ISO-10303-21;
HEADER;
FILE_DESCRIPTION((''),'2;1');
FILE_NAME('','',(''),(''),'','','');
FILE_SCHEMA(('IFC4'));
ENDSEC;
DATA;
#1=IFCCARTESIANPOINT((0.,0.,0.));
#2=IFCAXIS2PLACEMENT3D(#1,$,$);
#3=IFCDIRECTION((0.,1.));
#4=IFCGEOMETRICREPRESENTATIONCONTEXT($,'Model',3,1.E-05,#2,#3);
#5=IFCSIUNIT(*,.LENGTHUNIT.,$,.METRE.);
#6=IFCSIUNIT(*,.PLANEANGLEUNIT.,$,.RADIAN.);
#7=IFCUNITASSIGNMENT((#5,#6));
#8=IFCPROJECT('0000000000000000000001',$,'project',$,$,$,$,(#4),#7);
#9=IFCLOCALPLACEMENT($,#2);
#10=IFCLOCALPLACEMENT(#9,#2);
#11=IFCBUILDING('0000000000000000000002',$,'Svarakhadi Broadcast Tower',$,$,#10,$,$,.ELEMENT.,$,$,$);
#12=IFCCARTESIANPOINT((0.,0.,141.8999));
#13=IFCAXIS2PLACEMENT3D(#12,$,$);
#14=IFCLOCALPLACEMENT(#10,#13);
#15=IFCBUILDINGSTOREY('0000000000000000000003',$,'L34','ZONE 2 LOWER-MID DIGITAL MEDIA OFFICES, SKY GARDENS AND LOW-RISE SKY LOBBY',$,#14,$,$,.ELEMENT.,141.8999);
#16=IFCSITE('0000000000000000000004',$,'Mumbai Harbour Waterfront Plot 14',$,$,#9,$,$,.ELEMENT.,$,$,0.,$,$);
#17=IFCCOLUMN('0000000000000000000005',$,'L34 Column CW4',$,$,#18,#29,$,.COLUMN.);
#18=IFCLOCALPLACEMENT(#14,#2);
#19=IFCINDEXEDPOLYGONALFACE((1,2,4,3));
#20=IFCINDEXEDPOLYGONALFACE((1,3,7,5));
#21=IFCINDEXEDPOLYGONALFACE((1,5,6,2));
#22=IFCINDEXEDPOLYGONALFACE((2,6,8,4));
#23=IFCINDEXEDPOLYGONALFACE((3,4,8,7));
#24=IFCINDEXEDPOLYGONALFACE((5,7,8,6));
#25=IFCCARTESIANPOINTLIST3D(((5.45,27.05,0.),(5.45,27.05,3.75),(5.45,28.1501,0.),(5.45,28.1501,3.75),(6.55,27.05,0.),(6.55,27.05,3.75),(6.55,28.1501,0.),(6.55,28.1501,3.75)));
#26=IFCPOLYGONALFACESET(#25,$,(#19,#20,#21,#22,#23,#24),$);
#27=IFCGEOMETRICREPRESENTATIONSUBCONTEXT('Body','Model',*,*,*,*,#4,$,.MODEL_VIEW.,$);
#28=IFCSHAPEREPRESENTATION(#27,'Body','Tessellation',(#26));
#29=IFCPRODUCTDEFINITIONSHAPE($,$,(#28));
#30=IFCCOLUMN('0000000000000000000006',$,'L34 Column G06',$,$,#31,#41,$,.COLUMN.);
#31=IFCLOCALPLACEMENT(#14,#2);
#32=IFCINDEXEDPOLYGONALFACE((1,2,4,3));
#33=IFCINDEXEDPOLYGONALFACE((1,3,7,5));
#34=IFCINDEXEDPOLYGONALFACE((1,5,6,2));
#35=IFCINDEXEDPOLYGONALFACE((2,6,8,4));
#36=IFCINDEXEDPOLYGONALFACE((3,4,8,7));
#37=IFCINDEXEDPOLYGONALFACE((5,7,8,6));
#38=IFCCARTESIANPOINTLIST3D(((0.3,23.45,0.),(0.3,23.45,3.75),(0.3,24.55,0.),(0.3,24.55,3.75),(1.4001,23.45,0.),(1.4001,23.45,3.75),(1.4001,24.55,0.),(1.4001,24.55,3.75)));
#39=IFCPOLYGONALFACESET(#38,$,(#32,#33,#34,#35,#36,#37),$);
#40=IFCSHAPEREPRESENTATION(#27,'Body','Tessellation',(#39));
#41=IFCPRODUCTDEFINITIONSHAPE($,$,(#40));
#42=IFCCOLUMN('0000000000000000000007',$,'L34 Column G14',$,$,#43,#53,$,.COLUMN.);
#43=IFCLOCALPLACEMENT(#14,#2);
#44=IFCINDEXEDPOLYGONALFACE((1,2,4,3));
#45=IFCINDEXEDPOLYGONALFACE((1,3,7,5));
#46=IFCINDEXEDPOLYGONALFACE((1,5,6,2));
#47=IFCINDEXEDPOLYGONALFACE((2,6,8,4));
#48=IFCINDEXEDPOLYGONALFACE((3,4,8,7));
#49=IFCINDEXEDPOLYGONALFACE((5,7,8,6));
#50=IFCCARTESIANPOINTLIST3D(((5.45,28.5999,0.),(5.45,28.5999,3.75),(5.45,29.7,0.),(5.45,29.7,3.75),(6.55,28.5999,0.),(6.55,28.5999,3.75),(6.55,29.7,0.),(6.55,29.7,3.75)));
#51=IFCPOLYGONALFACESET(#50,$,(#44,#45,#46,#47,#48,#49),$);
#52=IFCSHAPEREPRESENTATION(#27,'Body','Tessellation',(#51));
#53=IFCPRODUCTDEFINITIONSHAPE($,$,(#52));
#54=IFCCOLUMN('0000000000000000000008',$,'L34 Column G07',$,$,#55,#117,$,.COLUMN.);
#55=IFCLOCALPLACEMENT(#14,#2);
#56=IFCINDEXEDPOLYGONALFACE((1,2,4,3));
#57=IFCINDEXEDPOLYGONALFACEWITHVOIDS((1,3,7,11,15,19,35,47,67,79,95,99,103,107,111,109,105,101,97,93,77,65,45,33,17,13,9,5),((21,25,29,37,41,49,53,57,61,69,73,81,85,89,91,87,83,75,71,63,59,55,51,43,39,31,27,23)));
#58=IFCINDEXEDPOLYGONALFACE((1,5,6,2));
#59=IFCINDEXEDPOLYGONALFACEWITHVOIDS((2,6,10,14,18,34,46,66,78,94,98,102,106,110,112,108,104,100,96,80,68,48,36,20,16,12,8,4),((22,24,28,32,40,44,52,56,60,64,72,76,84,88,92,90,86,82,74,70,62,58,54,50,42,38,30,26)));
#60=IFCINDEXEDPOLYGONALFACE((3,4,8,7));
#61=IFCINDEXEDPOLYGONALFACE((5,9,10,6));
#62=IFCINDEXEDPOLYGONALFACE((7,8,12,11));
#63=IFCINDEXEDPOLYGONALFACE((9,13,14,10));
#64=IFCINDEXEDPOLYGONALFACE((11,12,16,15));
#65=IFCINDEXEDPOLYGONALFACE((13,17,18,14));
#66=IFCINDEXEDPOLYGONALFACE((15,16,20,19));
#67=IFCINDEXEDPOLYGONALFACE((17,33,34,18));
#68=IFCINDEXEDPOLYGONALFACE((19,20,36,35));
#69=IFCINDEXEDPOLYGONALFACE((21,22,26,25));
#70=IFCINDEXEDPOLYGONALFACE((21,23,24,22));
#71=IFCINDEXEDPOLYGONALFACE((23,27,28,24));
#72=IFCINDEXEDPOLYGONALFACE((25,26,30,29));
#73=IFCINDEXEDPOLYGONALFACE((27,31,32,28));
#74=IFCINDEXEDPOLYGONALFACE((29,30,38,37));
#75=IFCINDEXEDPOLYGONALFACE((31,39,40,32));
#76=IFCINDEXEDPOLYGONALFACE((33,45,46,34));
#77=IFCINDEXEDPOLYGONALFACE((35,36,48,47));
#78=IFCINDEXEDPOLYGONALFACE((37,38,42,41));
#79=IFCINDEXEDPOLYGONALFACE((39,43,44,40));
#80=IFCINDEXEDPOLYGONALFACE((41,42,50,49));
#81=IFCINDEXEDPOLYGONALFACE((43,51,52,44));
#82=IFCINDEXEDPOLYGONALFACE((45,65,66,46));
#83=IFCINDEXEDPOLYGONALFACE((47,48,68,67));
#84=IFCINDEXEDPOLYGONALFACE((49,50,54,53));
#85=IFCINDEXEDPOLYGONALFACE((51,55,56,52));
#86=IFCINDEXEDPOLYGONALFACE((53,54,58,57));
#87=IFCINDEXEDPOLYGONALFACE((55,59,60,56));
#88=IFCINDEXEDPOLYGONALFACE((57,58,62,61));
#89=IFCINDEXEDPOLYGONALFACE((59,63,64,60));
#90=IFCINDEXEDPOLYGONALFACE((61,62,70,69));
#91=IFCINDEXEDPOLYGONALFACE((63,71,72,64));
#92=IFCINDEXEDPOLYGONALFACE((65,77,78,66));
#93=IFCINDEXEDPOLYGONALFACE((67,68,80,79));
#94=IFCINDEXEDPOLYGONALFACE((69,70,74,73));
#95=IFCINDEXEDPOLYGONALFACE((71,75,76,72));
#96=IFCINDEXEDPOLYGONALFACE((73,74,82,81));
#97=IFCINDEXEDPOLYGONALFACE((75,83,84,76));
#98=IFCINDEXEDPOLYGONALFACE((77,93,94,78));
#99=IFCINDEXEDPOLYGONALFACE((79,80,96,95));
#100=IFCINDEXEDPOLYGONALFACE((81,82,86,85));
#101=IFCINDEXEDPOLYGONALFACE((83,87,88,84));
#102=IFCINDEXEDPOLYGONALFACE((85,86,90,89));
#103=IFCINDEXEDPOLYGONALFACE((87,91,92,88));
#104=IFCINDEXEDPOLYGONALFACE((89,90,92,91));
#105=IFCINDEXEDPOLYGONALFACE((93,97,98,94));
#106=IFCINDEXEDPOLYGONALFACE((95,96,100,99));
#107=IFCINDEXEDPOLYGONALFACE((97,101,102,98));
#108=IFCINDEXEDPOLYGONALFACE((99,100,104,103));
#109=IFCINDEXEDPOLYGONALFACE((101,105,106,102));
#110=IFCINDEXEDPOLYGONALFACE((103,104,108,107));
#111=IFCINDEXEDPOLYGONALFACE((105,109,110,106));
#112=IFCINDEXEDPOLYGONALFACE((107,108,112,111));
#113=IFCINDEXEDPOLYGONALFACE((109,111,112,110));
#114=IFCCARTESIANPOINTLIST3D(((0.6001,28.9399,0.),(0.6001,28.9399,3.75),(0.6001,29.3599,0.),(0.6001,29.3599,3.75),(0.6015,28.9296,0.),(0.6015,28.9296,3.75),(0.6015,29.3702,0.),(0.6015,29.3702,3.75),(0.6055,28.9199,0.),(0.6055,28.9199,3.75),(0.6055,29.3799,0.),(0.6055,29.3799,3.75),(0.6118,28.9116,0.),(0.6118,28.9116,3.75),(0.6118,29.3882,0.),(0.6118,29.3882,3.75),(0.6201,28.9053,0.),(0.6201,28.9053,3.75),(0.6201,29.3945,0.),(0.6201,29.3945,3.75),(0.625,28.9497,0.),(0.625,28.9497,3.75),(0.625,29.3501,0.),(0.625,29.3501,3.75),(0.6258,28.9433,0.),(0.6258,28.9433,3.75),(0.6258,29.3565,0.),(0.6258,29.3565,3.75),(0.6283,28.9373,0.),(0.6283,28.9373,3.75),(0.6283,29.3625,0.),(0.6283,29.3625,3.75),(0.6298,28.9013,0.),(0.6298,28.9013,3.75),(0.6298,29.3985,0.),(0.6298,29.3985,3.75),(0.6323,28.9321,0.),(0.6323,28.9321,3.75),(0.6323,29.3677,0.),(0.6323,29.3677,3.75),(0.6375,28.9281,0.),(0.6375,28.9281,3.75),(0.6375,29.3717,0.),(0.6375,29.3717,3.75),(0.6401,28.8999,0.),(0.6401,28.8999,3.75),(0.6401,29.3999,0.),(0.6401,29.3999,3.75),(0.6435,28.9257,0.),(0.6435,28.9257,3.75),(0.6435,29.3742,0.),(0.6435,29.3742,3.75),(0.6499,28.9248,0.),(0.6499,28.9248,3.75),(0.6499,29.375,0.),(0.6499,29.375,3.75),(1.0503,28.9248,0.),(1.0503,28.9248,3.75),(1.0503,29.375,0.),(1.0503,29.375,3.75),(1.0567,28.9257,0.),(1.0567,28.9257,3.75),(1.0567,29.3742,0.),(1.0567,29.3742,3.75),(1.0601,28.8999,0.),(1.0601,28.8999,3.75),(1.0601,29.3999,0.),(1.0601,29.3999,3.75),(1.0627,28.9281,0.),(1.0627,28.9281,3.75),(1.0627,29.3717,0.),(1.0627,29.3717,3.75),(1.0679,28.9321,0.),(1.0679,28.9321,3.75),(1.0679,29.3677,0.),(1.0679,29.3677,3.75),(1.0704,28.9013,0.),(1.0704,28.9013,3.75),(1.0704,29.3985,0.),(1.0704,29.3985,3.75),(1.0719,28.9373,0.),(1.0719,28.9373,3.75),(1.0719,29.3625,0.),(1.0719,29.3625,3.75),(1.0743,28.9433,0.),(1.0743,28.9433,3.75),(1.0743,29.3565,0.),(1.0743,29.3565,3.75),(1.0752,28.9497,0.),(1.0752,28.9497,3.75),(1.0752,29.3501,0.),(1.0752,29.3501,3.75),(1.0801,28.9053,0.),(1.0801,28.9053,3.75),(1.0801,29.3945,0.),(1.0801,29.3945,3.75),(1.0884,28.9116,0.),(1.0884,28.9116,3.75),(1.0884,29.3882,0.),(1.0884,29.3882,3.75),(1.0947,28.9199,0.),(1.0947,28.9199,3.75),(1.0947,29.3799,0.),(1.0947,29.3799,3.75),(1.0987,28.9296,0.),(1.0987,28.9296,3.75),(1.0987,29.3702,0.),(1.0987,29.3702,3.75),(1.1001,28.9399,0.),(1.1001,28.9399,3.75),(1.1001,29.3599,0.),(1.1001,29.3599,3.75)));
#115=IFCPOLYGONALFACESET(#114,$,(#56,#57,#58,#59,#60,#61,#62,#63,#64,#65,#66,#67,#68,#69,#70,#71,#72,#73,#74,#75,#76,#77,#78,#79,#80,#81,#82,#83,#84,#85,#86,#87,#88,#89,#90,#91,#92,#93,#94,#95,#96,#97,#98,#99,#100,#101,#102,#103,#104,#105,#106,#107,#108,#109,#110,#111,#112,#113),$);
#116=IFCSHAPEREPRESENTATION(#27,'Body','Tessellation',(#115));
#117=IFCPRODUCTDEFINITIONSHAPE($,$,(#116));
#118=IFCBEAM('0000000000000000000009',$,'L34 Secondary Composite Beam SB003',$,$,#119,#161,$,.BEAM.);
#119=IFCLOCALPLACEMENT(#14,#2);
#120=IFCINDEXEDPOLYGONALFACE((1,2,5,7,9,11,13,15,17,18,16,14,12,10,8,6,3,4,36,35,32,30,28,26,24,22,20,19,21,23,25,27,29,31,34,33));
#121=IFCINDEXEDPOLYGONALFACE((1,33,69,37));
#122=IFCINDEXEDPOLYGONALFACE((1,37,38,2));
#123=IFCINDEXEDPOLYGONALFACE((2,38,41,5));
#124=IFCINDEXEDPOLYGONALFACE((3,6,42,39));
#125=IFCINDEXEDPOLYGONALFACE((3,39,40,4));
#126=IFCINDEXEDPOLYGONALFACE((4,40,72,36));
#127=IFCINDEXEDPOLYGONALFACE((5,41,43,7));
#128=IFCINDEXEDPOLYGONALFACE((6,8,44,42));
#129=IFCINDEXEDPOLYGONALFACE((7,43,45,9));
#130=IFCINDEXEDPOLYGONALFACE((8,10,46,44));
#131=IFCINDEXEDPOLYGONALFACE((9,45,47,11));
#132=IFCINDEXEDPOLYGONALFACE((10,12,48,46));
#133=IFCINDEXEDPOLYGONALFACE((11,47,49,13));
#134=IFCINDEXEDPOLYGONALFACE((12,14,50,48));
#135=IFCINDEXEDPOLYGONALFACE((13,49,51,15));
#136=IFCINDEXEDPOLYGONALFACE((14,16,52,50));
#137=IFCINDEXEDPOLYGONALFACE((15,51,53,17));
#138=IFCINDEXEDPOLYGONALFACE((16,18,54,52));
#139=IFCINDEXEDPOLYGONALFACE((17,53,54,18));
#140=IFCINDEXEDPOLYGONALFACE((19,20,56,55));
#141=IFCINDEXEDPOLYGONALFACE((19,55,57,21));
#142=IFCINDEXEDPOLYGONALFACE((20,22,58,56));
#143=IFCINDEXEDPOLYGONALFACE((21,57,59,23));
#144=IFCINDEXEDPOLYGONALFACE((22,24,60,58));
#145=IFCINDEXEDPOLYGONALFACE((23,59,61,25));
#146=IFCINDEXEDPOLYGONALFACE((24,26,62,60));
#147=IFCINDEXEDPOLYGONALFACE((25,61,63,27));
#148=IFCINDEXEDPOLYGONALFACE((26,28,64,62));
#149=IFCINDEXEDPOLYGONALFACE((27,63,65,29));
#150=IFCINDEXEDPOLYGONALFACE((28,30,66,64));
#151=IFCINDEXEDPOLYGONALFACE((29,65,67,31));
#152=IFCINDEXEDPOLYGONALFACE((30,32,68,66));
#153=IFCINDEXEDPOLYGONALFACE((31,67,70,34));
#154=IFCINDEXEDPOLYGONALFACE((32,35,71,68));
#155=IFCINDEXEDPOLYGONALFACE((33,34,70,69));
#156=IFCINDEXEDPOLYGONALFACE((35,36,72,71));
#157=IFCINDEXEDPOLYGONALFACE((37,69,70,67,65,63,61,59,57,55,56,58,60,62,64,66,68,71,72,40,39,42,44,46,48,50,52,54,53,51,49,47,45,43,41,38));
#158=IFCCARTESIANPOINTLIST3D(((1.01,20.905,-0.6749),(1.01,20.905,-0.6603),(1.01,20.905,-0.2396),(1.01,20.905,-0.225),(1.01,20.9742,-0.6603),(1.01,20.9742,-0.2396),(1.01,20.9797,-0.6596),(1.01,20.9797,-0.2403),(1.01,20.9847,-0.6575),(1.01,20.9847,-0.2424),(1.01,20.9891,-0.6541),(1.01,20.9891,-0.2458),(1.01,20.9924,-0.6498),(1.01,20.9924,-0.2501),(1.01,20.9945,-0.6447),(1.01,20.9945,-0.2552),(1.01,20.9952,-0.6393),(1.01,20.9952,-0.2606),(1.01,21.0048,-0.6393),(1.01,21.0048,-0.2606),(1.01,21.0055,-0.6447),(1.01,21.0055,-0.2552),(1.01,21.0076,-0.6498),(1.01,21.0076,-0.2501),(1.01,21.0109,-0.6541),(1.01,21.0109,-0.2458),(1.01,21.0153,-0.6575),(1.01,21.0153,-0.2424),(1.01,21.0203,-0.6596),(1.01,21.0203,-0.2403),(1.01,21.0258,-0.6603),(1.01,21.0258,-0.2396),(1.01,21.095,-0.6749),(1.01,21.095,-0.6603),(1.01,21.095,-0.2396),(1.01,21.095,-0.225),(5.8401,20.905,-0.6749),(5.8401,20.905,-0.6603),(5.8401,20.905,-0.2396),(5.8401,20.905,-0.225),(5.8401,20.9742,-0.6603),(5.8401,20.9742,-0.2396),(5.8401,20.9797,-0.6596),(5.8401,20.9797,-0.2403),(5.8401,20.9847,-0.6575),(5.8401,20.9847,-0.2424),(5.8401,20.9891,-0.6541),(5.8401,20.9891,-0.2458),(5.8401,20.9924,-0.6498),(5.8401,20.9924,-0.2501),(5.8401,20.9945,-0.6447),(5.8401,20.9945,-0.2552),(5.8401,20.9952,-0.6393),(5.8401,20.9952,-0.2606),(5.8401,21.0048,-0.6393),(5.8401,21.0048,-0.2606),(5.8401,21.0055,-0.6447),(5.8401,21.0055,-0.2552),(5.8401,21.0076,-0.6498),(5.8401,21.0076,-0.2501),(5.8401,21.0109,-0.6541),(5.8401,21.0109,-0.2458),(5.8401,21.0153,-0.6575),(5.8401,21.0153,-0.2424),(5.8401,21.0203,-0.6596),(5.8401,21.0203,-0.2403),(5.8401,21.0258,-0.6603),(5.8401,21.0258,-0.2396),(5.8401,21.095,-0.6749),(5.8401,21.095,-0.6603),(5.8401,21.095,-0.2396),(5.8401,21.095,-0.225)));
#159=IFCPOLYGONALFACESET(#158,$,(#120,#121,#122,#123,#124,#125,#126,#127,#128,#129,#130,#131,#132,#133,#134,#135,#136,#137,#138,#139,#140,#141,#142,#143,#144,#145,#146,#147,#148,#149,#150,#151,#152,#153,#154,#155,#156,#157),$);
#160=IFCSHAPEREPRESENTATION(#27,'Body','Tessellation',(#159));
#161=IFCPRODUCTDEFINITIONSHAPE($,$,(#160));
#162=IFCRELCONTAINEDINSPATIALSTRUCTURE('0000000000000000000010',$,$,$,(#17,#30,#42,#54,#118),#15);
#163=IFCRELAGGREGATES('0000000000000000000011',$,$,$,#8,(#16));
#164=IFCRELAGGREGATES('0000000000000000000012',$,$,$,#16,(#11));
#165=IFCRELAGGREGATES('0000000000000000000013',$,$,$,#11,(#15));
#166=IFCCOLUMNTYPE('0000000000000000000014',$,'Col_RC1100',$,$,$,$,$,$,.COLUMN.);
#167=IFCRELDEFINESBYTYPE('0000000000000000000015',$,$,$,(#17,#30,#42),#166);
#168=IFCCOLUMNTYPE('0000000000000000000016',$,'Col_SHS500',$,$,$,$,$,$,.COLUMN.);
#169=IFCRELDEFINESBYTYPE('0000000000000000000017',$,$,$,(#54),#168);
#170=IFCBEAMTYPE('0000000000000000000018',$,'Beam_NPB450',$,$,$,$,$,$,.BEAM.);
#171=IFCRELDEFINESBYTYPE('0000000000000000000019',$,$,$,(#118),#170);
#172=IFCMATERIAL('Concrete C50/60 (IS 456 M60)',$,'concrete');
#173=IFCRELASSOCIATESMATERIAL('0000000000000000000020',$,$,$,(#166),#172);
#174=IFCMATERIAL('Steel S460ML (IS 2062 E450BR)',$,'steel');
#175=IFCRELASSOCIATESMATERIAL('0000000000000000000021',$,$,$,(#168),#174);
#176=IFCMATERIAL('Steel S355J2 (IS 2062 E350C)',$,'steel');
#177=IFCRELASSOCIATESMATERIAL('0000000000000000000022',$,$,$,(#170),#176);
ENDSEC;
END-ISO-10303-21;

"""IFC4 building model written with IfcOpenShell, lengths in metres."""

from ifc_helpers import new_model, si_unit, direction, frame, origin, origin_2d, place, context, subcontext, project, spatial, rectangle, hollow_rectangle, i_section, extrude, material, material_profile, profile_set, type_object, element, save


model = new_model("IFC4")

# Units and contexts
model_context = context("Model", 3, precision=1e-05, world=origin(), true_north=direction((0.0, 1.0)))
body_context = subcontext(model_context, "Body", "Model", "MODEL_VIEW")
ifc_project = project(units=[si_unit("LENGTHUNIT", "METRE"), si_unit("PLANEANGLEUNIT", "RADIAN")], contexts=[model_context])

# Site, building, storey
site_placement = place(None, origin())
site = spatial("IfcSite", under=ifc_project, at=site_placement, Name="Mumbai Harbour Waterfront Plot 14", CompositionType="ELEMENT", RefElevation=0.0)
building_placement = place(site_placement, origin())
building = spatial("IfcBuilding", under=site, at=building_placement, Name="Svarakhadi Broadcast Tower", CompositionType="ELEMENT")
storey_placement = place(building_placement, frame((0.0, 0.0, 141.8999)))
storey = spatial("IfcBuildingStorey", under=building, at=storey_placement, Name="L34", Description="ZONE 2 LOWER-MID DIGITAL MEDIA OFFICES, SKY GARDENS AND LOW-RISE SKY LOBBY", CompositionType="ELEMENT", Elevation=141.8999)

# Columns
ifc_material_1 = material(Name="Concrete C50/60 (IS 456 M60)", Category="concrete")
ifc_material_profile_1 = material_profile(ifc_material_1, rectangle(XDim=1.1001, YDim=1.1001, at=origin_2d()), Name="RC 1100x1100")
ifc_profile_set_1 = profile_set([ifc_material_profile_1], Name="Concrete C50/60 (IS 456 M60)")
column_type_1 = type_object("IfcColumnType", Name="Col_RC1100", PredefinedType="COLUMN", material=ifc_profile_set_1)
for number, where, z_axis, x_axis, name in (
    (1, (6.0, 27.6001, 0.0), (0.0, 0.0, 1.0), (1.0, 0.0, 0.0), "L34 Column CW4"),
    (2, (0.8501, 24.0, 0.0), (0.0, 0.0, 1.0), (1.0, 0.0, 0.0), "L34 Column G06"),
    (3, (6.0, 29.1499, 0.0), (0.0, 0.0, 1.0), (1.0, 0.0, 0.0), "L34 Column G14"),
):
    element("IfcColumn", number, at=place(storey_placement, frame(where, z_axis=z_axis, x_axis=x_axis)), inside=storey, type_object=column_type_1, Name=name, PredefinedType="COLUMN", context=body_context, shape_type="SweptSolid", body=[
        extrude(rectangle(XDim=1.1001, YDim=1.1001, at=origin_2d()), origin(), (0.0, 0.0, 1.0), 3.75),
    ])
ifc_material_2 = material(Name="Steel S460ML (IS 2062 E450BR)", Category="steel")
ifc_material_profile_2 = material_profile(ifc_material_2, hollow_rectangle(XDim=0.5, YDim=0.5, WallThickness=0.0249, InnerFilletRadius=0.0249, OuterFilletRadius=0.04, at=origin_2d()), Name="SHS 500x500x25")
ifc_profile_set_2 = profile_set([ifc_material_profile_2], Name="Steel S460ML (IS 2062 E450BR)")
column_type_2 = type_object("IfcColumnType", Name="Col_SHS500", PredefinedType="COLUMN", material=ifc_profile_set_2)
column_placement = place(storey_placement, frame((0.8501, 29.1499, 0.0), z_axis=(0.0, 0.0, 1.0), x_axis=(1.0, 0.0, 0.0)))
element("IfcColumn", 4, at=column_placement, inside=storey, type_object=column_type_2, Name="L34 Column G07", PredefinedType="COLUMN", context=body_context, shape_type="SweptSolid", body=[
    extrude(hollow_rectangle(XDim=0.5, YDim=0.5, WallThickness=0.0249, InnerFilletRadius=0.0249, OuterFilletRadius=0.04, at=origin_2d()), origin(), (0.0, 0.0, 1.0), 3.75),
])

# Beam
ifc_material_3 = material(Name="Steel S355J2 (IS 2062 E350C)", Category="steel")
ifc_material_profile_3 = material_profile(ifc_material_3, i_section(OverallWidth=0.1899, OverallDepth=0.45, WebThickness=0.0095, FlangeThickness=0.0146, FilletRadius=0.021, at=origin_2d()), Name="NPB 450x190x78")
ifc_profile_set_3 = profile_set([ifc_material_profile_3], Name="Steel S355J2 (IS 2062 E350C)")
beam_type_1 = type_object("IfcBeamType", Name="Beam_NPB450", PredefinedType="BEAM", material=ifc_profile_set_3)
for number, where, z_axis, x_axis, name in (
    (5, (1.01, 21.0, -0.45), (1.0, 0.0, 0.0), (0.0, 1.0, 0.0), "L34 Secondary Composite Beam SB003"),
):
    element("IfcBeam", number, at=place(storey_placement, frame(where, z_axis=z_axis, x_axis=x_axis)), inside=storey, type_object=beam_type_1, Name=name, PredefinedType="BEAM", context=body_context, shape_type="SweptSolid", body=[
        extrude(i_section(OverallWidth=0.1899, OverallDepth=0.45, WebThickness=0.0095, FlangeThickness=0.0146, FilletRadius=0.021, at=origin_2d()), origin(), (0.0, 0.0, 1.0), 4.8301),
    ])

save(model, "model.ifc")
